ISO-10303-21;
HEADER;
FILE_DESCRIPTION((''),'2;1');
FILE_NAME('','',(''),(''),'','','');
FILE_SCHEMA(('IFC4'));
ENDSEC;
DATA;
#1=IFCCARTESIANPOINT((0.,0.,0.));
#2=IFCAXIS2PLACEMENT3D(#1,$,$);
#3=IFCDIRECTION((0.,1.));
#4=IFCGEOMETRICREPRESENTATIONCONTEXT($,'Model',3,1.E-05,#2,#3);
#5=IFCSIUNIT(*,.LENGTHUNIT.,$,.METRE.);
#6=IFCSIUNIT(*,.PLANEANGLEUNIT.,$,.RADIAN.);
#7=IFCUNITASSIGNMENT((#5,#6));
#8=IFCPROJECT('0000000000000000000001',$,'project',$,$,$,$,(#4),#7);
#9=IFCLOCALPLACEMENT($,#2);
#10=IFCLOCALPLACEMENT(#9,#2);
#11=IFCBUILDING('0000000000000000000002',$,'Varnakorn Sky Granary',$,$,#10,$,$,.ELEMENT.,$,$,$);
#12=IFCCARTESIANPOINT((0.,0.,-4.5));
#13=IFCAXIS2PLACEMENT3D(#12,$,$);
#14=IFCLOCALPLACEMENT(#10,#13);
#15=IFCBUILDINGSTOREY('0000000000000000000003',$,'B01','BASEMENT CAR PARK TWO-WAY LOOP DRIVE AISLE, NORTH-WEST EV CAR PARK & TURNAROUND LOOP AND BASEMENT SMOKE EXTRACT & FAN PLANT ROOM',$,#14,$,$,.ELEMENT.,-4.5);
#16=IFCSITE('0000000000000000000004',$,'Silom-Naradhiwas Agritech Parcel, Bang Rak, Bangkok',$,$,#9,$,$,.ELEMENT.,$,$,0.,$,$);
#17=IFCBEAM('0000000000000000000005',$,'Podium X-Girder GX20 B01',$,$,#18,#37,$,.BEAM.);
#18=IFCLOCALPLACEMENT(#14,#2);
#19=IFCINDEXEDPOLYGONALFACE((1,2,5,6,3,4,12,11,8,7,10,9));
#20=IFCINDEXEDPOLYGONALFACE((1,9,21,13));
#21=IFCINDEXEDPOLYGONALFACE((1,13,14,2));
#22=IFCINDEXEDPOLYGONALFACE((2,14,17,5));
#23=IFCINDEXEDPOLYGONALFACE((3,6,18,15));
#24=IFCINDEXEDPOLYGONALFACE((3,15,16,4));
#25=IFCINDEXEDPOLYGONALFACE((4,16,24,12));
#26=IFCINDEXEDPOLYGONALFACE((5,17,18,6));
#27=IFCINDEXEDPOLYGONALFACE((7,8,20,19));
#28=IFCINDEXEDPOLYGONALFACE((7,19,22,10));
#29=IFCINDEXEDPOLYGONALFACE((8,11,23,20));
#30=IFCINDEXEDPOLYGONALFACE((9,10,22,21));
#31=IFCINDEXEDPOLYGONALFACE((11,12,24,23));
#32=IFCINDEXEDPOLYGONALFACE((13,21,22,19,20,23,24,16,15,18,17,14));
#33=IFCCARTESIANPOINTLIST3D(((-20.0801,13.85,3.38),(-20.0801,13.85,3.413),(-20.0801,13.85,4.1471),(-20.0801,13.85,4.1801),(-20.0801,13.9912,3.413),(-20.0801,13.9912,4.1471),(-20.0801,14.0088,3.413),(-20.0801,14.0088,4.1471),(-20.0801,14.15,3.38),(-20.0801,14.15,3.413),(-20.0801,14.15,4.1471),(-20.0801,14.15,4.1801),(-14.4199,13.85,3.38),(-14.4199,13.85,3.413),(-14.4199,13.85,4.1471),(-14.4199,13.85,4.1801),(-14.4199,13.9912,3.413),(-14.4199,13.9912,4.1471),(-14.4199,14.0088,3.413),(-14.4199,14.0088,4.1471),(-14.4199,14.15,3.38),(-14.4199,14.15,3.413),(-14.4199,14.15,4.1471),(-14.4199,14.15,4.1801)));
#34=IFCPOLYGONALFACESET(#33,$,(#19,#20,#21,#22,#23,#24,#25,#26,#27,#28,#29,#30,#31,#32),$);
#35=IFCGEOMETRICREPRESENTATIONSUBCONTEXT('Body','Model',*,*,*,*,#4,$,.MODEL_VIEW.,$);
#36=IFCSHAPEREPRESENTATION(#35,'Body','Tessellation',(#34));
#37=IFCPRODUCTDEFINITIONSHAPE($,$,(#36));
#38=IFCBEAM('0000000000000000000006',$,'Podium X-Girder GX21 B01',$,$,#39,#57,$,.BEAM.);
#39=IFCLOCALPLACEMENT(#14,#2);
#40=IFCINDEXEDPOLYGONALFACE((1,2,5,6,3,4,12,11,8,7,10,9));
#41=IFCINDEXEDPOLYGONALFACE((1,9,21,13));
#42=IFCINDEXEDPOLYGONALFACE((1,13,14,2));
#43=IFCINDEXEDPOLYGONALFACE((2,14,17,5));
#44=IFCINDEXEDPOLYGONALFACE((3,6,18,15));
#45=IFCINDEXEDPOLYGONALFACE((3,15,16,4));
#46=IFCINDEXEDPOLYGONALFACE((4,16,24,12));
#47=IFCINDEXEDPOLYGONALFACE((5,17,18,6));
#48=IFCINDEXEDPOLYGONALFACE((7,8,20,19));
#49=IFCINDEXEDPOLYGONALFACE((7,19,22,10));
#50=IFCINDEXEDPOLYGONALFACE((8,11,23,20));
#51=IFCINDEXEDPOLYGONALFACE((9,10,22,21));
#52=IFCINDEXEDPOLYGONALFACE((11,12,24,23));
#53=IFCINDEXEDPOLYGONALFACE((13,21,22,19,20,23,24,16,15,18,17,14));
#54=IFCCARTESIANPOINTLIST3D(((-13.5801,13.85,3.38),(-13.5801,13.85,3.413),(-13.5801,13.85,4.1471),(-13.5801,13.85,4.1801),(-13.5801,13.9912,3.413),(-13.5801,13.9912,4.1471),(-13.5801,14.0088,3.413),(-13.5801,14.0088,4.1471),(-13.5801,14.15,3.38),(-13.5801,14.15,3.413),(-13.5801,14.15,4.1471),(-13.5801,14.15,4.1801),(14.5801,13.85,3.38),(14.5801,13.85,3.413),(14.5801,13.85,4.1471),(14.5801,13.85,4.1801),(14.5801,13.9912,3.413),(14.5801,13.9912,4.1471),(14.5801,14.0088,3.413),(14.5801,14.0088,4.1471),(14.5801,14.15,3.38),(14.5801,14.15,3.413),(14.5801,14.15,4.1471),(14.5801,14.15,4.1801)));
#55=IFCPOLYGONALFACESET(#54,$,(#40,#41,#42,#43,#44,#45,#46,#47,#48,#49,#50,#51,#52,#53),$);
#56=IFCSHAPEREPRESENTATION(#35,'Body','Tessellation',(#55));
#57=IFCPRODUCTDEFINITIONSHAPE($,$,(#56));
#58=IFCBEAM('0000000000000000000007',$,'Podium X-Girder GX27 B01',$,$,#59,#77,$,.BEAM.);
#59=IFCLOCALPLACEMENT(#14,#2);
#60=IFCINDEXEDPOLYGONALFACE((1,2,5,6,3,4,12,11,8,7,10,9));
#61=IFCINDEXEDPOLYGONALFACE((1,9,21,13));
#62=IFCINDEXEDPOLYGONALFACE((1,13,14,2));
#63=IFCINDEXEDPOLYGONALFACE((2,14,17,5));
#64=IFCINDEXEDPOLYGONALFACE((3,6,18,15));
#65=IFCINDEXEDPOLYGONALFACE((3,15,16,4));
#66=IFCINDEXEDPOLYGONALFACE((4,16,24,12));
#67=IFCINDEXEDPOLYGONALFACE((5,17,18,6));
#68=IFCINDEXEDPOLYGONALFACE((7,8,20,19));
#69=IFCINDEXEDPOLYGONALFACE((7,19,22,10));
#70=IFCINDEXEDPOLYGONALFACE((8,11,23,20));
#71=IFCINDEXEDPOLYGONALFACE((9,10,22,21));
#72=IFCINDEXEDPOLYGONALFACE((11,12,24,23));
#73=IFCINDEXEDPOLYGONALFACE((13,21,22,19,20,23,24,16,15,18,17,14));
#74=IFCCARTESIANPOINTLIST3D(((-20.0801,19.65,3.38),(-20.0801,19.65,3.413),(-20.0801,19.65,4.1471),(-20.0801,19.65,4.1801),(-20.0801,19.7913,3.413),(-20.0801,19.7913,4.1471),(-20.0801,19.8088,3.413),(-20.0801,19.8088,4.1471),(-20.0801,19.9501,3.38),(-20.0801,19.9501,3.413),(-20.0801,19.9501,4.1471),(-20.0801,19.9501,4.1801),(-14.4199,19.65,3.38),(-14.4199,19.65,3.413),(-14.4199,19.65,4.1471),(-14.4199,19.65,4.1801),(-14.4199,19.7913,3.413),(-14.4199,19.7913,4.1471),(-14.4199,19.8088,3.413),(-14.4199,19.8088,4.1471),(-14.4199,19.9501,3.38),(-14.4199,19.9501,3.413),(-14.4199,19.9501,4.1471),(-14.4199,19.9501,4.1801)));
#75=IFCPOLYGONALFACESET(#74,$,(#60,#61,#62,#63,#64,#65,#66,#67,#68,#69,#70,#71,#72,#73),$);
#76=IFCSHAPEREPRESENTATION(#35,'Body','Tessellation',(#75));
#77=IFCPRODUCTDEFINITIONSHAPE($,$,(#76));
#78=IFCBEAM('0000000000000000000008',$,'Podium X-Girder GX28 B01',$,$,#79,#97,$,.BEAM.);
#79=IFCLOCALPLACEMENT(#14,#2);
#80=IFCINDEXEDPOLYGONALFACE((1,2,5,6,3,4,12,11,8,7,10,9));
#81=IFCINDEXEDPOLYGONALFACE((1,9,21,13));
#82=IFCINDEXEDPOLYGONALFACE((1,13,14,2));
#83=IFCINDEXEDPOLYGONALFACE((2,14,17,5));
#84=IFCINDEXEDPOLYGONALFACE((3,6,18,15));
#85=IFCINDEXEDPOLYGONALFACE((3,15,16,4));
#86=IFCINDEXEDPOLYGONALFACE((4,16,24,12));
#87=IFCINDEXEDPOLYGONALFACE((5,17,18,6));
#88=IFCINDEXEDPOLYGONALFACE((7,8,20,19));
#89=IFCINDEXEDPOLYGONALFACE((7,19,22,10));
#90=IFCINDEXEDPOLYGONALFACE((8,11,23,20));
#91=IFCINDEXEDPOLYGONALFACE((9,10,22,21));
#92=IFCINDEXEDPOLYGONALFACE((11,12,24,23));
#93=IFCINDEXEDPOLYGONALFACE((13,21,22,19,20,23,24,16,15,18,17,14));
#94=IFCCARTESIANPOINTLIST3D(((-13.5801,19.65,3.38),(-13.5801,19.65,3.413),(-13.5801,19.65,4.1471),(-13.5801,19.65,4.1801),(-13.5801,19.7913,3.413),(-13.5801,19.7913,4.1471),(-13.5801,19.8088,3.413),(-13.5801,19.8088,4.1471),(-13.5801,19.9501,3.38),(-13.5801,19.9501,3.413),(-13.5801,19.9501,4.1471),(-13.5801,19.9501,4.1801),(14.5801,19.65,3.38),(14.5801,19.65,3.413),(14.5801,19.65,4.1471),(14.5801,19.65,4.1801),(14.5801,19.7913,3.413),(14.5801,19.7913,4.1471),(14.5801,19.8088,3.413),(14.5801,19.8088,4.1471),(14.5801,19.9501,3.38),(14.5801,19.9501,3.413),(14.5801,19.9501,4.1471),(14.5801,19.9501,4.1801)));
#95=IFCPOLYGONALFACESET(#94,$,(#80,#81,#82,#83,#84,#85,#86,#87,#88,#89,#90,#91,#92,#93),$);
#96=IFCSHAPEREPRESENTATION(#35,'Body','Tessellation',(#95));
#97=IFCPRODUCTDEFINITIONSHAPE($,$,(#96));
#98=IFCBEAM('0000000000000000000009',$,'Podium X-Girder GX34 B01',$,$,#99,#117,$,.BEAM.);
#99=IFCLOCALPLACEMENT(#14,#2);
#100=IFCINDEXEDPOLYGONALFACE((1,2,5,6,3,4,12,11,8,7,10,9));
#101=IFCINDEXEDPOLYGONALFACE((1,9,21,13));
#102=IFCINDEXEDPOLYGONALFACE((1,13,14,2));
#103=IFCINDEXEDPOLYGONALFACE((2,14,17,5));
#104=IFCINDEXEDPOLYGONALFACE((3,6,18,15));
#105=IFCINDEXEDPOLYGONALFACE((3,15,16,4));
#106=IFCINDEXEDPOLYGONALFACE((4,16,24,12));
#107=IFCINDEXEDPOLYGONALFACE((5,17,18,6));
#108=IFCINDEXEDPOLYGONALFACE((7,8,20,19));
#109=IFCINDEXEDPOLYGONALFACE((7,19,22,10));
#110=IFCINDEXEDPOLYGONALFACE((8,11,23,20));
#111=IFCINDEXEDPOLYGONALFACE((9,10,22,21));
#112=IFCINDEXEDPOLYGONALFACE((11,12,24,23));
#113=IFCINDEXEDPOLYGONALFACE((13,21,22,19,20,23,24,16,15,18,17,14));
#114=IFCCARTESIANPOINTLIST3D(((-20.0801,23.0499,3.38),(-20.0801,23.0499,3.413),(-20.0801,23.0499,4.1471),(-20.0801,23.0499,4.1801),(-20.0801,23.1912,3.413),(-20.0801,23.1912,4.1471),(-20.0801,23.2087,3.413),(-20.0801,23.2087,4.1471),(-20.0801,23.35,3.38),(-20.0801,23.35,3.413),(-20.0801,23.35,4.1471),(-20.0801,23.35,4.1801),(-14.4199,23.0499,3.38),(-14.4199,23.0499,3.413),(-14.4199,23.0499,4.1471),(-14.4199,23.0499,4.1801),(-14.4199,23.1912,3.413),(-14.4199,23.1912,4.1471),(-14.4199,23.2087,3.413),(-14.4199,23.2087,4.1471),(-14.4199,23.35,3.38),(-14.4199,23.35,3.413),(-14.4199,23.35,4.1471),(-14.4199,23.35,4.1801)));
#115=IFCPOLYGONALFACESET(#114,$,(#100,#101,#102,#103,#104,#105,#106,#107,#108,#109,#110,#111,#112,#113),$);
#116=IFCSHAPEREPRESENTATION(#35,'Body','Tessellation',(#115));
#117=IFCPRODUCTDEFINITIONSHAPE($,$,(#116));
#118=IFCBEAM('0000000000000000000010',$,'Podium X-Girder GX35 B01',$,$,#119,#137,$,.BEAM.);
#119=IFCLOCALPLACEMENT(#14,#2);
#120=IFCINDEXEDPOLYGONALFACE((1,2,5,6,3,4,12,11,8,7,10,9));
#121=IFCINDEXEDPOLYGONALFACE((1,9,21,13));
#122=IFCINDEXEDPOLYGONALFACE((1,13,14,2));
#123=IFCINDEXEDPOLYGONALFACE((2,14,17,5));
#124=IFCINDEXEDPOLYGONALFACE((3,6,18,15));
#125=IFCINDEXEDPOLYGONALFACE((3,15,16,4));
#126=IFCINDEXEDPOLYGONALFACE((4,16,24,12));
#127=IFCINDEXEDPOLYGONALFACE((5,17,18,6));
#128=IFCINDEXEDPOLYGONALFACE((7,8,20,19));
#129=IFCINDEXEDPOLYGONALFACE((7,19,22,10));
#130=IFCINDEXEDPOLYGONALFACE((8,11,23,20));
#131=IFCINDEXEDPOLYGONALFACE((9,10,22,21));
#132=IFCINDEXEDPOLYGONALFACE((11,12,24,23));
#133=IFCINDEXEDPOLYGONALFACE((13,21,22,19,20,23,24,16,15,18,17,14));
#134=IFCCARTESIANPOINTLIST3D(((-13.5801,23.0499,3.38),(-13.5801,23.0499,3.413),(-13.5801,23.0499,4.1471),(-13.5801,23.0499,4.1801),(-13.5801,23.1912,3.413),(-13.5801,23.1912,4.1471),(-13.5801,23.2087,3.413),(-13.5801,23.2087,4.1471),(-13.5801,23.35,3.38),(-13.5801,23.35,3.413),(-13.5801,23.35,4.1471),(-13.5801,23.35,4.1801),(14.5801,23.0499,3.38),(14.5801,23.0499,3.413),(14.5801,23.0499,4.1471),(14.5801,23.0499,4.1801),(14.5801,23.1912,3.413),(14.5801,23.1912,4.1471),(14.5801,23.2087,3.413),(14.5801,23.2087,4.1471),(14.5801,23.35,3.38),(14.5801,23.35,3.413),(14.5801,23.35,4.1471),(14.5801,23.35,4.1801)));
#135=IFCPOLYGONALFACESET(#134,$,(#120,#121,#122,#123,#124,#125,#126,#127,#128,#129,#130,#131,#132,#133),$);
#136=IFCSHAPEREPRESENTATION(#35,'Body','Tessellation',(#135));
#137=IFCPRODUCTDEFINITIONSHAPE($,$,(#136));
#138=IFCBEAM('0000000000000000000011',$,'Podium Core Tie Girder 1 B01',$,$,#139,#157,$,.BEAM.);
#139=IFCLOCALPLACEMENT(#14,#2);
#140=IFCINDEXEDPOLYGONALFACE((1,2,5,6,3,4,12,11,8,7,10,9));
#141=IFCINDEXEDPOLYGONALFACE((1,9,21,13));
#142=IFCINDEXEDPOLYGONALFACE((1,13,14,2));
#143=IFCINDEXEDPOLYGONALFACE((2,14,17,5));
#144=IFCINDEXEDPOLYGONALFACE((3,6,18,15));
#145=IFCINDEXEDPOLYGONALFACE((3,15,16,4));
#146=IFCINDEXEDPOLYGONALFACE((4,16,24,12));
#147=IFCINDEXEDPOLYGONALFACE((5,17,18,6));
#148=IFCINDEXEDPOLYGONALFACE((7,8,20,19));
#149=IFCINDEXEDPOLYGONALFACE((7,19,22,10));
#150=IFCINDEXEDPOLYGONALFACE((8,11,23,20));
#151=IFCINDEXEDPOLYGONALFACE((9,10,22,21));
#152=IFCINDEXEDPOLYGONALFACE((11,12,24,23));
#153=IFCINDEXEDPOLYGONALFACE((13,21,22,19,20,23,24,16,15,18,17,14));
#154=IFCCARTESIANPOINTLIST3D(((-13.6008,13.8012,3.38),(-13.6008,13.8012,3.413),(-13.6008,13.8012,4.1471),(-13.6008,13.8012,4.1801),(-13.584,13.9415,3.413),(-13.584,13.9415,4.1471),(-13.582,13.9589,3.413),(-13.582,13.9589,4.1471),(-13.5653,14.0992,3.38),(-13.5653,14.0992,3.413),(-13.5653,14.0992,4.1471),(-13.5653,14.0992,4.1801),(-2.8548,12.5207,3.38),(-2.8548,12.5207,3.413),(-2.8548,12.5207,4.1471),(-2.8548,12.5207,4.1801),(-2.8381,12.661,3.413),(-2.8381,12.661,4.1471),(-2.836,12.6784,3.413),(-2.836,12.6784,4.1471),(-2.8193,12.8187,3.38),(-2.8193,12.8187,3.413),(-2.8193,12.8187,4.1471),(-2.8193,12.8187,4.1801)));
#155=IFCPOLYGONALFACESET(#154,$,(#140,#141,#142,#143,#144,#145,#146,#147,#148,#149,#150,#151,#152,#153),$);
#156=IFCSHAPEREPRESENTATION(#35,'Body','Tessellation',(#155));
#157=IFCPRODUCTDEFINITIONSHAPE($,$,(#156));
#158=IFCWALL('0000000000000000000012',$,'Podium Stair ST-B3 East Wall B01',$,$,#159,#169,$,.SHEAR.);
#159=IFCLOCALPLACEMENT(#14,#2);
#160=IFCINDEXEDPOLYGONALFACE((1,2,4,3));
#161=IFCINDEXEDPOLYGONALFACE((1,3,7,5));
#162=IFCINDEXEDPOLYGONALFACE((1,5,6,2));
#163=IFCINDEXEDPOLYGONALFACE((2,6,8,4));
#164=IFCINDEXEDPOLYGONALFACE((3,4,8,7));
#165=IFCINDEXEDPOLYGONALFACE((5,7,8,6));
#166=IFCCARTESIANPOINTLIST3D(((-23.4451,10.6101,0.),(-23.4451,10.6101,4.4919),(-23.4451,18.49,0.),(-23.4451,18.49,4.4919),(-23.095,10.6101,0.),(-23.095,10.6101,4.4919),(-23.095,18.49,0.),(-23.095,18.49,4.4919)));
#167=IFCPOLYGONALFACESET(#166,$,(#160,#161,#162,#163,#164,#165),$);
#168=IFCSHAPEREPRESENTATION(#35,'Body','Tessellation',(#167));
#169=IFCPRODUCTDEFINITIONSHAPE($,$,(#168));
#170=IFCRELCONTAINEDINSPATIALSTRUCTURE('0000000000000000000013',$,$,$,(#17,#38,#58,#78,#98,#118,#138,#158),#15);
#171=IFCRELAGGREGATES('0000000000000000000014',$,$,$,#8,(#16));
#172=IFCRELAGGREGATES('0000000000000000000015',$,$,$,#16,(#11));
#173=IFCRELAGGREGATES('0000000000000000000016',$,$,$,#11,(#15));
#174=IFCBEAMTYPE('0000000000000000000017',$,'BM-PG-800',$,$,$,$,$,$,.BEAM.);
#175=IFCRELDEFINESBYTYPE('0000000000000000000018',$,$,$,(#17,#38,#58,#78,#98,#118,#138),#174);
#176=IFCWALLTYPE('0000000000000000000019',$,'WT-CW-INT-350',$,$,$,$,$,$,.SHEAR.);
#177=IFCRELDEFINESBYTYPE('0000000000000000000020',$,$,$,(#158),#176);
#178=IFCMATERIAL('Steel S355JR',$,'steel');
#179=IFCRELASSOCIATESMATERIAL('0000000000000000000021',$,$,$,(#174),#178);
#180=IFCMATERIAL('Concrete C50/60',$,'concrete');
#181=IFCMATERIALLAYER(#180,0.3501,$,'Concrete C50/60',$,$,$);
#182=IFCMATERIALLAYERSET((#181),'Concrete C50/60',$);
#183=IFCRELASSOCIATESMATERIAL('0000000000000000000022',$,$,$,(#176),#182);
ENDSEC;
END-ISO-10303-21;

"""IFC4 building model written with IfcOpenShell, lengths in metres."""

from ifc_helpers import new_model, si_unit, direction, frame, frame_2d, origin, origin_2d, place, context, subcontext, project, spatial, rectangle, i_section, extrude, material, layer, layer_set, material_profile, profile_set, type_object, element, save


model = new_model("IFC4")

# Units and contexts
model_context = context("Model", 3, precision=1e-05, world=origin(), true_north=direction((0.0, 1.0)))
body_context = subcontext(model_context, "Body", "Model", "MODEL_VIEW")
ifc_project = project(units=[si_unit("LENGTHUNIT", "METRE"), si_unit("PLANEANGLEUNIT", "RADIAN")], contexts=[model_context])

# Site, building, storey
site_placement = place(None, origin())
site = spatial("IfcSite", under=ifc_project, at=site_placement, Name="Silom-Naradhiwas Agritech Parcel, Bang Rak, Bangkok", CompositionType="ELEMENT", RefElevation=0.0)
building_placement = place(site_placement, origin())
building = spatial("IfcBuilding", under=site, at=building_placement, Name="Varnakorn Sky Granary", CompositionType="ELEMENT")
storey_placement = place(building_placement, frame((0.0, 0.0, -4.5)))
storey = spatial("IfcBuildingStorey", under=building, at=storey_placement, Name="B01", Description="BASEMENT CAR PARK TWO-WAY LOOP DRIVE AISLE, NORTH-WEST EV CAR PARK & TURNAROUND LOOP AND BASEMENT SMOKE EXTRACT & FAN PLANT ROOM", CompositionType="ELEMENT", Elevation=-4.5)

# Beams
ifc_material_1 = material(Name="Steel S355JR", Category="steel")
ifc_material_profile_1 = material_profile(ifc_material_1, i_section(OverallWidth=0.3, OverallDepth=0.8, WebThickness=0.0176, FlangeThickness=0.033, at=origin_2d()), Name="HE 800 B")
ifc_profile_set_1 = profile_set([ifc_material_profile_1], Name="Steel S355JR")
beam_type_1 = type_object("IfcBeamType", Name="BM-PG-800", PredefinedType="BEAM", material=ifc_profile_set_1)
beam_1_placement = place(storey_placement, frame((-20.0801, 14.0, 3.78), z_axis=(1.0, 0.0, 0.0), x_axis=(0.0, 1.0, 0.0)))
element("IfcBeam", 1, at=beam_1_placement, inside=storey, type_object=beam_type_1, Name="Podium X-Girder GX20 B01", PredefinedType="BEAM", context=body_context, shape_type="SweptSolid", body=[
    extrude(i_section(OverallWidth=0.3, OverallDepth=0.8, WebThickness=0.0176, FlangeThickness=0.033, at=origin_2d()), origin(), (0.0, 0.0, 1.0), 5.6602),
])
beam_2_placement = place(storey_placement, frame((-13.5801, 14.0, 3.78), z_axis=(1.0, 0.0, 0.0), x_axis=(0.0, 1.0, 0.0)))
element("IfcBeam", 2, at=beam_2_placement, inside=storey, type_object=beam_type_1, Name="Podium X-Girder GX21 B01", PredefinedType="BEAM", context=body_context, shape_type="SweptSolid", body=[
    extrude(i_section(OverallWidth=0.3, OverallDepth=0.8, WebThickness=0.0176, FlangeThickness=0.033, at=origin_2d()), origin(), (0.0, 0.0, 1.0), 28.1602),
])
beam_3_placement = place(storey_placement, frame((-20.0801, 19.8, 3.78), z_axis=(1.0, 0.0, 0.0), x_axis=(0.0, 1.0, 0.0)))
element("IfcBeam", 3, at=beam_3_placement, inside=storey, type_object=beam_type_1, Name="Podium X-Girder GX27 B01", PredefinedType="BEAM", context=body_context, shape_type="SweptSolid", body=[
    extrude(i_section(OverallWidth=0.3, OverallDepth=0.8, WebThickness=0.0176, FlangeThickness=0.033, at=origin_2d()), origin(), (0.0, 0.0, 1.0), 5.6602),
])
beam_4_placement = place(storey_placement, frame((-13.5801, 19.8, 3.78), z_axis=(1.0, 0.0, 0.0), x_axis=(0.0, 1.0, 0.0)))
element("IfcBeam", 4, at=beam_4_placement, inside=storey, type_object=beam_type_1, Name="Podium X-Girder GX28 B01", PredefinedType="BEAM", context=body_context, shape_type="SweptSolid", body=[
    extrude(i_section(OverallWidth=0.3, OverallDepth=0.8, WebThickness=0.0176, FlangeThickness=0.033, at=origin_2d()), origin(), (0.0, 0.0, 1.0), 28.1602),
])
beam_5_placement = place(storey_placement, frame((-20.0801, 23.2, 3.78), z_axis=(1.0, 0.0, 0.0), x_axis=(0.0, 1.0, 0.0)))
element("IfcBeam", 5, at=beam_5_placement, inside=storey, type_object=beam_type_1, Name="Podium X-Girder GX34 B01", PredefinedType="BEAM", context=body_context, shape_type="SweptSolid", body=[
    extrude(i_section(OverallWidth=0.3, OverallDepth=0.8, WebThickness=0.0176, FlangeThickness=0.033, at=origin_2d()), origin(), (0.0, 0.0, 1.0), 5.6602),
])
beam_6_placement = place(storey_placement, frame((-13.5801, 23.2, 3.78), z_axis=(1.0, 0.0, 0.0), x_axis=(0.0, 1.0, 0.0)))
element("IfcBeam", 6, at=beam_6_placement, inside=storey, type_object=beam_type_1, Name="Podium X-Girder GX35 B01", PredefinedType="BEAM", context=body_context, shape_type="SweptSolid", body=[
    extrude(i_section(OverallWidth=0.3, OverallDepth=0.8, WebThickness=0.0176, FlangeThickness=0.033, at=origin_2d()), origin(), (0.0, 0.0, 1.0), 28.1602),
])
beam_7_placement = place(storey_placement, frame((-13.583, 13.9502, 3.78), z_axis=(0.992975, -0.118324, 0.0), x_axis=(0.118324, 0.992975, 0.0)))
element("IfcBeam", 7, at=beam_7_placement, inside=storey, type_object=beam_type_1, Name="Podium Core Tie Girder 1 B01", PredefinedType="BEAM", context=body_context, shape_type="SweptSolid", body=[
    extrude(i_section(OverallWidth=0.3, OverallDepth=0.8, WebThickness=0.0176, FlangeThickness=0.033, at=origin_2d()), origin(), (0.0, 0.0, 1.0), 10.822),
])

# Wall
ifc_material_2 = material(Name="Concrete C50/60", Category="concrete")
ifc_layer_1 = layer(ifc_material_2, 0.3501, Name="Concrete C50/60")
ifc_layer_set_1 = layer_set([ifc_layer_1], Name="Concrete C50/60")
wall_type_1 = type_object("IfcWallType", Name="WT-CW-INT-350", PredefinedType="SHEAR", material=ifc_layer_set_1)
wall_1_placement = place(storey_placement, frame((-23.27, 10.6101, 0.0), z_axis=(0.0, 0.0, 1.0), x_axis=(0.0, 1.0, 0.0)))
element("IfcWall", 8, at=wall_1_placement, inside=storey, type_object=wall_type_1, Name="Podium Stair ST-B3 East Wall B01", PredefinedType="SHEAR", context=body_context, shape_type="SweptSolid", body=[
    extrude(rectangle(XDim=7.8799, YDim=0.3501, at=frame_2d((3.9399, 0.0))), origin(), (0.0, 0.0, 1.0), 4.4919),
])

save(model, "model.ifc")
